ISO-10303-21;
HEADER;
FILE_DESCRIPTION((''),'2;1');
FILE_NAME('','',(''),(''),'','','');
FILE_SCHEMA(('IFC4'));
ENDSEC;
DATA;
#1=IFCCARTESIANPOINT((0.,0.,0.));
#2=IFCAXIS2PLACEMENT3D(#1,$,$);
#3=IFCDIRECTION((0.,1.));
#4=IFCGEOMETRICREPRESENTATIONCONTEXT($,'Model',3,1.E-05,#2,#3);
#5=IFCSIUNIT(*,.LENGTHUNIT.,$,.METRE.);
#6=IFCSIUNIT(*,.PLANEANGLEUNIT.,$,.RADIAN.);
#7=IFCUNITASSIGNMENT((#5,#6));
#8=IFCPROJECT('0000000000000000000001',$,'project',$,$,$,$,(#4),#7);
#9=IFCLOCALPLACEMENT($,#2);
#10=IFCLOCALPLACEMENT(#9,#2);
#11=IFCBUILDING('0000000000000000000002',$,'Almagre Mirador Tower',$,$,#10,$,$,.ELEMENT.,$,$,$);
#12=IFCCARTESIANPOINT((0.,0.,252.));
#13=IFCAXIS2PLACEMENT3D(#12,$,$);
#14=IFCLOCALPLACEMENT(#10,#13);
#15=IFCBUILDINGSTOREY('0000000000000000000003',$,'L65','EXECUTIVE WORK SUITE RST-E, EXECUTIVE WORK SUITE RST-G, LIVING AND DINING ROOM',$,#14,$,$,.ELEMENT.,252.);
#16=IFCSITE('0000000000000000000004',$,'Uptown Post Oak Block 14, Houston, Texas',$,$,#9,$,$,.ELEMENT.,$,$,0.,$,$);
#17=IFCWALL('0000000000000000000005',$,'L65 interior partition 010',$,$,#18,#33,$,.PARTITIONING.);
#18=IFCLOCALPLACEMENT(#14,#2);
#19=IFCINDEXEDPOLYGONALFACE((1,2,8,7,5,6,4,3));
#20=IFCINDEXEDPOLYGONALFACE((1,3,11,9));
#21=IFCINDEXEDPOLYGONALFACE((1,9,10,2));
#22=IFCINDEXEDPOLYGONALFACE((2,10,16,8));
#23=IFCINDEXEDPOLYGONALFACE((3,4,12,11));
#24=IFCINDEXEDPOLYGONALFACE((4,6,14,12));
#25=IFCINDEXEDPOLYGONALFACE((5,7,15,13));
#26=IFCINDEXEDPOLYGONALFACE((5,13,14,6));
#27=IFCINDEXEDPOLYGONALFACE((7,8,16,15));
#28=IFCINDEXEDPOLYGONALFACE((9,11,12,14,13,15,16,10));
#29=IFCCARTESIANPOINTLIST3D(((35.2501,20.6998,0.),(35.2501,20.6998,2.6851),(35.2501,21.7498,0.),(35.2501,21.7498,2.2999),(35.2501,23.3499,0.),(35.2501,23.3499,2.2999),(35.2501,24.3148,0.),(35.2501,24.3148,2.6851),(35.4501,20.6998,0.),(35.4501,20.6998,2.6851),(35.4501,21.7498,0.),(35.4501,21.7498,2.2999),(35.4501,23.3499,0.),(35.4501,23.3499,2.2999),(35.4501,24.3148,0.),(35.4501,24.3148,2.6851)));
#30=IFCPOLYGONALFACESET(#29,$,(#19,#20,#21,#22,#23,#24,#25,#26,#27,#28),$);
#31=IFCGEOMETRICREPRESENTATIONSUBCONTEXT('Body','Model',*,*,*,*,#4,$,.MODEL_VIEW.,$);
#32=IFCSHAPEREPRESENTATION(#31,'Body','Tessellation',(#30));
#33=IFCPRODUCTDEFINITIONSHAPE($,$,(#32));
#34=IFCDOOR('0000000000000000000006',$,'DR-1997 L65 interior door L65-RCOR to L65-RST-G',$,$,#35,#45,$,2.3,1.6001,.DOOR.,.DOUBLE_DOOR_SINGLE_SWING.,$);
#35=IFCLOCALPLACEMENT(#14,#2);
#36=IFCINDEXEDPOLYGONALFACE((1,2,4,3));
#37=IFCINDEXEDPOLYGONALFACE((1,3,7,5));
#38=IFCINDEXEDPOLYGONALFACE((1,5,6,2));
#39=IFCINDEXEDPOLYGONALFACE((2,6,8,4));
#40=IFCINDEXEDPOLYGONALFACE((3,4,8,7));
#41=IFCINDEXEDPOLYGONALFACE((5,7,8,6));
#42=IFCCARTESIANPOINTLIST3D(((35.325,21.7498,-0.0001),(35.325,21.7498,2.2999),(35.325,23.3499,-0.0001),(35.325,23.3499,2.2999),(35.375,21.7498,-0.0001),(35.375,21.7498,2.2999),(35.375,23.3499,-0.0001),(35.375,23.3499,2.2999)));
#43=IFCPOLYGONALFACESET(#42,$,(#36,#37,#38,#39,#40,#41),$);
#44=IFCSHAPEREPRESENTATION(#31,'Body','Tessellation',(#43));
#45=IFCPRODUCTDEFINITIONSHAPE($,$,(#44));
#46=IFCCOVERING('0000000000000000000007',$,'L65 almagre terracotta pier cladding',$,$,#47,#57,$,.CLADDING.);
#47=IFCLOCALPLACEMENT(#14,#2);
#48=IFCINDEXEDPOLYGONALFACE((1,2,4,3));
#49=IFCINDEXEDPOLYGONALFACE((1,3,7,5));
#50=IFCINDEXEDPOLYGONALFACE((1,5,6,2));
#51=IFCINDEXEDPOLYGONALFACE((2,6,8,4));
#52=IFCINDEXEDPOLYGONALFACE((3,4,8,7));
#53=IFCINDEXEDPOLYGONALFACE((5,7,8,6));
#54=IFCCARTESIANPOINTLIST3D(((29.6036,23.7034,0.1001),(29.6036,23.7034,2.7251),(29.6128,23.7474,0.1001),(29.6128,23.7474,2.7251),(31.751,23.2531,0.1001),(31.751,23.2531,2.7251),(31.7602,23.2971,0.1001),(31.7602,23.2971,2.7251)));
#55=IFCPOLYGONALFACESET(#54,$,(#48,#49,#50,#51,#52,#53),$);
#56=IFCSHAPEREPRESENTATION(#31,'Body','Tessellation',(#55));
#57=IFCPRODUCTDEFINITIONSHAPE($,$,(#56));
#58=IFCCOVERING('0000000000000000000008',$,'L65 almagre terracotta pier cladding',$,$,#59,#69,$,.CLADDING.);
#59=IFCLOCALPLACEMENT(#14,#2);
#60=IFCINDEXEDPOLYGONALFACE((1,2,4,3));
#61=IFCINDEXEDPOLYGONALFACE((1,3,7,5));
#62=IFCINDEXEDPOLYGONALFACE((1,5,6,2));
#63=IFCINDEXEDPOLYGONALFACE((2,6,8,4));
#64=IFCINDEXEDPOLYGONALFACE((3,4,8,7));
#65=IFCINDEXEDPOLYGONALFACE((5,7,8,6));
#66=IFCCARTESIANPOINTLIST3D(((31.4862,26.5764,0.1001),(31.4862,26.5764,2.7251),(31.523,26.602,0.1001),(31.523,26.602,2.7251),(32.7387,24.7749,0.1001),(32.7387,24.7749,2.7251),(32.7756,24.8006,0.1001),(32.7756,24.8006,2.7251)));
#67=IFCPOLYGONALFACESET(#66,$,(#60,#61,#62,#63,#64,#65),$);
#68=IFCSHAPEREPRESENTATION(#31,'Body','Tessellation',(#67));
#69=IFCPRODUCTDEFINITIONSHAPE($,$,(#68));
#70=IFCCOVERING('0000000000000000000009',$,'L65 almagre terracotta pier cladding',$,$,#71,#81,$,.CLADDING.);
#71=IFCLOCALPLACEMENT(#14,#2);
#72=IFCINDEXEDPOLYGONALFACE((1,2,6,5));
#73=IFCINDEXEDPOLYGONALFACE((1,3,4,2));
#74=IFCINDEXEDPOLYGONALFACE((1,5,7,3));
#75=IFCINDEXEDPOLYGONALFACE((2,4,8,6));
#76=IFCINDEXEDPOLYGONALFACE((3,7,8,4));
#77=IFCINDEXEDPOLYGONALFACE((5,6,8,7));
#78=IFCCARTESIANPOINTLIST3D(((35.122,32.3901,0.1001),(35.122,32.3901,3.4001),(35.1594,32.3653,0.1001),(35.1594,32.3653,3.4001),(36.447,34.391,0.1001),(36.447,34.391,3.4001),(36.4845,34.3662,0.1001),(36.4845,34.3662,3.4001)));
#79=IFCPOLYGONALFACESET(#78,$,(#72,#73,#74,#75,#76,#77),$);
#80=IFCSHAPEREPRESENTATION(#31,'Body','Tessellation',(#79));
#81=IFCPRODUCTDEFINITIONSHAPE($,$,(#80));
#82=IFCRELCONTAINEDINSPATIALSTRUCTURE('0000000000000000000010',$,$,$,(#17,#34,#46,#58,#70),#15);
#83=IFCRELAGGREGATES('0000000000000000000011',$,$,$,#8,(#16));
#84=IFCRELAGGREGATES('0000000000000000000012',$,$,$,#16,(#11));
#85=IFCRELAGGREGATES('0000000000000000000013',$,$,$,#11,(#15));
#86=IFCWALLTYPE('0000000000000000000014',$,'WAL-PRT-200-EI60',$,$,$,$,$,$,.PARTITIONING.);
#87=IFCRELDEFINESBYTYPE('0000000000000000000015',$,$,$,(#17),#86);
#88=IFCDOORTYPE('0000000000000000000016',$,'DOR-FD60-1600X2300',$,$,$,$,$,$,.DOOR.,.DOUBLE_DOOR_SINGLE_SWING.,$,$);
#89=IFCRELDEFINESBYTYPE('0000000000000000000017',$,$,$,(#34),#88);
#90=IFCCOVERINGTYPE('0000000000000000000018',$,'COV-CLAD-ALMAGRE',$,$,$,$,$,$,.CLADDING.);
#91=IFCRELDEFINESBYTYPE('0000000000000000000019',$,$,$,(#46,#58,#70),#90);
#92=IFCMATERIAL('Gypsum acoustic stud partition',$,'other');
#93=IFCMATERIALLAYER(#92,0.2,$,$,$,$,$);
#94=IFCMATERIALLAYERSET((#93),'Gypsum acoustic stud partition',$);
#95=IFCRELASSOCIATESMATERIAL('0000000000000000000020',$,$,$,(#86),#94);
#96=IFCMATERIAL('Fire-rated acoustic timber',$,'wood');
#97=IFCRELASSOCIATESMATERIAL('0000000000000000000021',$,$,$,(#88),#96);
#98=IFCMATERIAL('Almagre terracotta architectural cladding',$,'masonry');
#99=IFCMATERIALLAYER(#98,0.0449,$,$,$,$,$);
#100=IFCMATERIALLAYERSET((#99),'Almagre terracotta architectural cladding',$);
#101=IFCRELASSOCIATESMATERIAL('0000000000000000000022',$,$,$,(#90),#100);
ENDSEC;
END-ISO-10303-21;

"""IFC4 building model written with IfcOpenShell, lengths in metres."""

from ifc_helpers import new_model, si_unit, direction, frame, frame_2d, origin, origin_2d, place, context, subcontext, project, spatial, rectangle, extrude, material, layer, layer_set, type_object, element, fill, save


model = new_model("IFC4")

# Units and contexts
model_context = context("Model", 3, precision=1e-05, world=origin(), true_north=direction((0.0, 1.0)))
body_context = subcontext(model_context, "Body", "Model", "MODEL_VIEW")
ifc_project = project(units=[si_unit("LENGTHUNIT", "METRE"), si_unit("PLANEANGLEUNIT", "RADIAN")], contexts=[model_context])

# Site, building, storey
site_placement = place(None, origin())
site = spatial("IfcSite", under=ifc_project, at=site_placement, Name="Uptown Post Oak Block 14, Houston, Texas", CompositionType="ELEMENT", RefElevation=0.0)
building_placement = place(site_placement, origin())
building = spatial("IfcBuilding", under=site, at=building_placement, Name="Almagre Mirador Tower", CompositionType="ELEMENT")
storey_placement = place(building_placement, frame((0.0, 0.0, 252.0)))
storey = spatial("IfcBuildingStorey", under=building, at=storey_placement, Name="L65", Description="EXECUTIVE WORK SUITE RST-E, EXECUTIVE WORK SUITE RST-G, LIVING AND DINING ROOM", CompositionType="ELEMENT", Elevation=252.0)

# Shared definitions
ifc_material_1 = material(Name="Gypsum acoustic stud partition", Category="other")
ifc_layer_1 = layer(ifc_material_1, 0.2)
ifc_layer_set_1 = layer_set([ifc_layer_1], Name="Gypsum acoustic stud partition")
wall_type_1 = type_object("IfcWallType", Name="WAL-PRT-200-EI60", PredefinedType="PARTITIONING", material=ifc_layer_set_1)

# Wall, opening, door
ifc_material_2 = material(Name="Fire-rated acoustic timber", Category="wood")
door_type = type_object("IfcDoorType", Name="DOR-FD60-1600X2300", OperationType="DOUBLE_DOOR_SINGLE_SWING", PredefinedType="DOOR", material=ifc_material_2)
wall_1_placement = place(storey_placement, frame((35.3501, 24.3149, 0.0), z_axis=(0.0, 0.0, 1.0), x_axis=(0.0, -1.0, 0.0)))
wall_1 = element("IfcWall", 1, at=wall_1_placement, inside=storey, type_object=wall_type_1, Name="L65 interior partition 010", PredefinedType="PARTITIONING", context=body_context, shape_type="SweptSolid", body=[
    extrude(rectangle(XDim=3.615, YDim=0.2, at=frame_2d((1.8076, 0.0))), origin(), (0.0, 0.0, 1.0), 2.6851),
])
opening_1_placement = place(wall_1_placement, frame((0.9651, 0.0, 0.0)))
opening_1 = element("IfcOpeningElement", 2, at=opening_1_placement, cuts=wall_1, PredefinedType="OPENING", context=body_context, shape_type="SweptSolid", body=[
    extrude(rectangle(XDim=1.6001, YDim=2.3, at=frame_2d((0.8, 1.1499))), frame((0.0, 0.1101, 0.0), z_axis=(0.0, -1.0, 0.0), x_axis=(1.0, 0.0, 0.0)), (0.0, 0.0, 1.0), 0.22),
])
door_1_placement = place(opening_1_placement, origin())
door_1 = element("IfcDoor", 3, at=door_1_placement, inside=storey, type_object=door_type, Name="DR-1997 L65 interior door L65-RCOR to L65-RST-G", OperationType="DOUBLE_DOOR_SINGLE_SWING", OverallHeight=2.3, OverallWidth=1.6001, PredefinedType="DOOR", context=body_context, shape_type="SweptSolid", body=[
    extrude(rectangle(XDim=1.6001, YDim=2.3, at=frame_2d((0.8, 1.1499))), frame((0.0, 0.0249, 0.0), z_axis=(0.0, -1.0, 0.0), x_axis=(1.0, 0.0, 0.0)), (0.0, 0.0, 1.0), 0.05),
])
fill(opening_1, door_1)

# Coverings
ifc_material_3 = material(Name="Almagre terracotta architectural cladding", Category="masonry")
ifc_layer_2 = layer(ifc_material_3, 0.0449)
ifc_layer_set_2 = layer_set([ifc_layer_2], Name="Almagre terracotta architectural cladding")
covering_type = type_object("IfcCoveringType", Name="COV-CLAD-ALMAGRE", PredefinedType="CLADDING", material=ifc_layer_set_2)
for number, where, z_axis, x_axis, name in (
    (4, (30.6819, 23.5002, 0.1001), (0.0, 0.0, 1.0), (0.978714, -0.205231, 0.0), "L65 almagre terracotta pier cladding"),
    (5, (32.1309, 25.6885, 0.1001), (0.0, 0.0, 1.0), (-0.570857, 0.82105, 0.0), "L65 almagre terracotta pier cladding"),
):
    element("IfcCovering", number, at=place(storey_placement, frame(where, z_axis=z_axis, x_axis=x_axis)), inside=storey, type_object=covering_type, Name=name, PredefinedType="CLADDING", context=body_context, shape_type="SweptSolid", body=[
        extrude(rectangle(XDim=2.1941, YDim=0.0449, at=origin_2d()), origin(), (0.0, 0.0, 1.0), 2.625),
    ])
covering_placement = place(storey_placement, frame((35.8032, 33.3782, 0.1001), z_axis=(0.0, 0.0, 1.0), x_axis=(0.552141, 0.833751, 0.0)))
element("IfcCovering", 6, at=covering_placement, inside=storey, type_object=covering_type, Name="L65 almagre terracotta pier cladding", PredefinedType="CLADDING", context=body_context, shape_type="SweptSolid", body=[
    extrude(rectangle(XDim=2.3999, YDim=0.0449, at=origin_2d()), origin(), (0.0, 0.0, 1.0), 3.3),
])

save(model, "model.ifc")
